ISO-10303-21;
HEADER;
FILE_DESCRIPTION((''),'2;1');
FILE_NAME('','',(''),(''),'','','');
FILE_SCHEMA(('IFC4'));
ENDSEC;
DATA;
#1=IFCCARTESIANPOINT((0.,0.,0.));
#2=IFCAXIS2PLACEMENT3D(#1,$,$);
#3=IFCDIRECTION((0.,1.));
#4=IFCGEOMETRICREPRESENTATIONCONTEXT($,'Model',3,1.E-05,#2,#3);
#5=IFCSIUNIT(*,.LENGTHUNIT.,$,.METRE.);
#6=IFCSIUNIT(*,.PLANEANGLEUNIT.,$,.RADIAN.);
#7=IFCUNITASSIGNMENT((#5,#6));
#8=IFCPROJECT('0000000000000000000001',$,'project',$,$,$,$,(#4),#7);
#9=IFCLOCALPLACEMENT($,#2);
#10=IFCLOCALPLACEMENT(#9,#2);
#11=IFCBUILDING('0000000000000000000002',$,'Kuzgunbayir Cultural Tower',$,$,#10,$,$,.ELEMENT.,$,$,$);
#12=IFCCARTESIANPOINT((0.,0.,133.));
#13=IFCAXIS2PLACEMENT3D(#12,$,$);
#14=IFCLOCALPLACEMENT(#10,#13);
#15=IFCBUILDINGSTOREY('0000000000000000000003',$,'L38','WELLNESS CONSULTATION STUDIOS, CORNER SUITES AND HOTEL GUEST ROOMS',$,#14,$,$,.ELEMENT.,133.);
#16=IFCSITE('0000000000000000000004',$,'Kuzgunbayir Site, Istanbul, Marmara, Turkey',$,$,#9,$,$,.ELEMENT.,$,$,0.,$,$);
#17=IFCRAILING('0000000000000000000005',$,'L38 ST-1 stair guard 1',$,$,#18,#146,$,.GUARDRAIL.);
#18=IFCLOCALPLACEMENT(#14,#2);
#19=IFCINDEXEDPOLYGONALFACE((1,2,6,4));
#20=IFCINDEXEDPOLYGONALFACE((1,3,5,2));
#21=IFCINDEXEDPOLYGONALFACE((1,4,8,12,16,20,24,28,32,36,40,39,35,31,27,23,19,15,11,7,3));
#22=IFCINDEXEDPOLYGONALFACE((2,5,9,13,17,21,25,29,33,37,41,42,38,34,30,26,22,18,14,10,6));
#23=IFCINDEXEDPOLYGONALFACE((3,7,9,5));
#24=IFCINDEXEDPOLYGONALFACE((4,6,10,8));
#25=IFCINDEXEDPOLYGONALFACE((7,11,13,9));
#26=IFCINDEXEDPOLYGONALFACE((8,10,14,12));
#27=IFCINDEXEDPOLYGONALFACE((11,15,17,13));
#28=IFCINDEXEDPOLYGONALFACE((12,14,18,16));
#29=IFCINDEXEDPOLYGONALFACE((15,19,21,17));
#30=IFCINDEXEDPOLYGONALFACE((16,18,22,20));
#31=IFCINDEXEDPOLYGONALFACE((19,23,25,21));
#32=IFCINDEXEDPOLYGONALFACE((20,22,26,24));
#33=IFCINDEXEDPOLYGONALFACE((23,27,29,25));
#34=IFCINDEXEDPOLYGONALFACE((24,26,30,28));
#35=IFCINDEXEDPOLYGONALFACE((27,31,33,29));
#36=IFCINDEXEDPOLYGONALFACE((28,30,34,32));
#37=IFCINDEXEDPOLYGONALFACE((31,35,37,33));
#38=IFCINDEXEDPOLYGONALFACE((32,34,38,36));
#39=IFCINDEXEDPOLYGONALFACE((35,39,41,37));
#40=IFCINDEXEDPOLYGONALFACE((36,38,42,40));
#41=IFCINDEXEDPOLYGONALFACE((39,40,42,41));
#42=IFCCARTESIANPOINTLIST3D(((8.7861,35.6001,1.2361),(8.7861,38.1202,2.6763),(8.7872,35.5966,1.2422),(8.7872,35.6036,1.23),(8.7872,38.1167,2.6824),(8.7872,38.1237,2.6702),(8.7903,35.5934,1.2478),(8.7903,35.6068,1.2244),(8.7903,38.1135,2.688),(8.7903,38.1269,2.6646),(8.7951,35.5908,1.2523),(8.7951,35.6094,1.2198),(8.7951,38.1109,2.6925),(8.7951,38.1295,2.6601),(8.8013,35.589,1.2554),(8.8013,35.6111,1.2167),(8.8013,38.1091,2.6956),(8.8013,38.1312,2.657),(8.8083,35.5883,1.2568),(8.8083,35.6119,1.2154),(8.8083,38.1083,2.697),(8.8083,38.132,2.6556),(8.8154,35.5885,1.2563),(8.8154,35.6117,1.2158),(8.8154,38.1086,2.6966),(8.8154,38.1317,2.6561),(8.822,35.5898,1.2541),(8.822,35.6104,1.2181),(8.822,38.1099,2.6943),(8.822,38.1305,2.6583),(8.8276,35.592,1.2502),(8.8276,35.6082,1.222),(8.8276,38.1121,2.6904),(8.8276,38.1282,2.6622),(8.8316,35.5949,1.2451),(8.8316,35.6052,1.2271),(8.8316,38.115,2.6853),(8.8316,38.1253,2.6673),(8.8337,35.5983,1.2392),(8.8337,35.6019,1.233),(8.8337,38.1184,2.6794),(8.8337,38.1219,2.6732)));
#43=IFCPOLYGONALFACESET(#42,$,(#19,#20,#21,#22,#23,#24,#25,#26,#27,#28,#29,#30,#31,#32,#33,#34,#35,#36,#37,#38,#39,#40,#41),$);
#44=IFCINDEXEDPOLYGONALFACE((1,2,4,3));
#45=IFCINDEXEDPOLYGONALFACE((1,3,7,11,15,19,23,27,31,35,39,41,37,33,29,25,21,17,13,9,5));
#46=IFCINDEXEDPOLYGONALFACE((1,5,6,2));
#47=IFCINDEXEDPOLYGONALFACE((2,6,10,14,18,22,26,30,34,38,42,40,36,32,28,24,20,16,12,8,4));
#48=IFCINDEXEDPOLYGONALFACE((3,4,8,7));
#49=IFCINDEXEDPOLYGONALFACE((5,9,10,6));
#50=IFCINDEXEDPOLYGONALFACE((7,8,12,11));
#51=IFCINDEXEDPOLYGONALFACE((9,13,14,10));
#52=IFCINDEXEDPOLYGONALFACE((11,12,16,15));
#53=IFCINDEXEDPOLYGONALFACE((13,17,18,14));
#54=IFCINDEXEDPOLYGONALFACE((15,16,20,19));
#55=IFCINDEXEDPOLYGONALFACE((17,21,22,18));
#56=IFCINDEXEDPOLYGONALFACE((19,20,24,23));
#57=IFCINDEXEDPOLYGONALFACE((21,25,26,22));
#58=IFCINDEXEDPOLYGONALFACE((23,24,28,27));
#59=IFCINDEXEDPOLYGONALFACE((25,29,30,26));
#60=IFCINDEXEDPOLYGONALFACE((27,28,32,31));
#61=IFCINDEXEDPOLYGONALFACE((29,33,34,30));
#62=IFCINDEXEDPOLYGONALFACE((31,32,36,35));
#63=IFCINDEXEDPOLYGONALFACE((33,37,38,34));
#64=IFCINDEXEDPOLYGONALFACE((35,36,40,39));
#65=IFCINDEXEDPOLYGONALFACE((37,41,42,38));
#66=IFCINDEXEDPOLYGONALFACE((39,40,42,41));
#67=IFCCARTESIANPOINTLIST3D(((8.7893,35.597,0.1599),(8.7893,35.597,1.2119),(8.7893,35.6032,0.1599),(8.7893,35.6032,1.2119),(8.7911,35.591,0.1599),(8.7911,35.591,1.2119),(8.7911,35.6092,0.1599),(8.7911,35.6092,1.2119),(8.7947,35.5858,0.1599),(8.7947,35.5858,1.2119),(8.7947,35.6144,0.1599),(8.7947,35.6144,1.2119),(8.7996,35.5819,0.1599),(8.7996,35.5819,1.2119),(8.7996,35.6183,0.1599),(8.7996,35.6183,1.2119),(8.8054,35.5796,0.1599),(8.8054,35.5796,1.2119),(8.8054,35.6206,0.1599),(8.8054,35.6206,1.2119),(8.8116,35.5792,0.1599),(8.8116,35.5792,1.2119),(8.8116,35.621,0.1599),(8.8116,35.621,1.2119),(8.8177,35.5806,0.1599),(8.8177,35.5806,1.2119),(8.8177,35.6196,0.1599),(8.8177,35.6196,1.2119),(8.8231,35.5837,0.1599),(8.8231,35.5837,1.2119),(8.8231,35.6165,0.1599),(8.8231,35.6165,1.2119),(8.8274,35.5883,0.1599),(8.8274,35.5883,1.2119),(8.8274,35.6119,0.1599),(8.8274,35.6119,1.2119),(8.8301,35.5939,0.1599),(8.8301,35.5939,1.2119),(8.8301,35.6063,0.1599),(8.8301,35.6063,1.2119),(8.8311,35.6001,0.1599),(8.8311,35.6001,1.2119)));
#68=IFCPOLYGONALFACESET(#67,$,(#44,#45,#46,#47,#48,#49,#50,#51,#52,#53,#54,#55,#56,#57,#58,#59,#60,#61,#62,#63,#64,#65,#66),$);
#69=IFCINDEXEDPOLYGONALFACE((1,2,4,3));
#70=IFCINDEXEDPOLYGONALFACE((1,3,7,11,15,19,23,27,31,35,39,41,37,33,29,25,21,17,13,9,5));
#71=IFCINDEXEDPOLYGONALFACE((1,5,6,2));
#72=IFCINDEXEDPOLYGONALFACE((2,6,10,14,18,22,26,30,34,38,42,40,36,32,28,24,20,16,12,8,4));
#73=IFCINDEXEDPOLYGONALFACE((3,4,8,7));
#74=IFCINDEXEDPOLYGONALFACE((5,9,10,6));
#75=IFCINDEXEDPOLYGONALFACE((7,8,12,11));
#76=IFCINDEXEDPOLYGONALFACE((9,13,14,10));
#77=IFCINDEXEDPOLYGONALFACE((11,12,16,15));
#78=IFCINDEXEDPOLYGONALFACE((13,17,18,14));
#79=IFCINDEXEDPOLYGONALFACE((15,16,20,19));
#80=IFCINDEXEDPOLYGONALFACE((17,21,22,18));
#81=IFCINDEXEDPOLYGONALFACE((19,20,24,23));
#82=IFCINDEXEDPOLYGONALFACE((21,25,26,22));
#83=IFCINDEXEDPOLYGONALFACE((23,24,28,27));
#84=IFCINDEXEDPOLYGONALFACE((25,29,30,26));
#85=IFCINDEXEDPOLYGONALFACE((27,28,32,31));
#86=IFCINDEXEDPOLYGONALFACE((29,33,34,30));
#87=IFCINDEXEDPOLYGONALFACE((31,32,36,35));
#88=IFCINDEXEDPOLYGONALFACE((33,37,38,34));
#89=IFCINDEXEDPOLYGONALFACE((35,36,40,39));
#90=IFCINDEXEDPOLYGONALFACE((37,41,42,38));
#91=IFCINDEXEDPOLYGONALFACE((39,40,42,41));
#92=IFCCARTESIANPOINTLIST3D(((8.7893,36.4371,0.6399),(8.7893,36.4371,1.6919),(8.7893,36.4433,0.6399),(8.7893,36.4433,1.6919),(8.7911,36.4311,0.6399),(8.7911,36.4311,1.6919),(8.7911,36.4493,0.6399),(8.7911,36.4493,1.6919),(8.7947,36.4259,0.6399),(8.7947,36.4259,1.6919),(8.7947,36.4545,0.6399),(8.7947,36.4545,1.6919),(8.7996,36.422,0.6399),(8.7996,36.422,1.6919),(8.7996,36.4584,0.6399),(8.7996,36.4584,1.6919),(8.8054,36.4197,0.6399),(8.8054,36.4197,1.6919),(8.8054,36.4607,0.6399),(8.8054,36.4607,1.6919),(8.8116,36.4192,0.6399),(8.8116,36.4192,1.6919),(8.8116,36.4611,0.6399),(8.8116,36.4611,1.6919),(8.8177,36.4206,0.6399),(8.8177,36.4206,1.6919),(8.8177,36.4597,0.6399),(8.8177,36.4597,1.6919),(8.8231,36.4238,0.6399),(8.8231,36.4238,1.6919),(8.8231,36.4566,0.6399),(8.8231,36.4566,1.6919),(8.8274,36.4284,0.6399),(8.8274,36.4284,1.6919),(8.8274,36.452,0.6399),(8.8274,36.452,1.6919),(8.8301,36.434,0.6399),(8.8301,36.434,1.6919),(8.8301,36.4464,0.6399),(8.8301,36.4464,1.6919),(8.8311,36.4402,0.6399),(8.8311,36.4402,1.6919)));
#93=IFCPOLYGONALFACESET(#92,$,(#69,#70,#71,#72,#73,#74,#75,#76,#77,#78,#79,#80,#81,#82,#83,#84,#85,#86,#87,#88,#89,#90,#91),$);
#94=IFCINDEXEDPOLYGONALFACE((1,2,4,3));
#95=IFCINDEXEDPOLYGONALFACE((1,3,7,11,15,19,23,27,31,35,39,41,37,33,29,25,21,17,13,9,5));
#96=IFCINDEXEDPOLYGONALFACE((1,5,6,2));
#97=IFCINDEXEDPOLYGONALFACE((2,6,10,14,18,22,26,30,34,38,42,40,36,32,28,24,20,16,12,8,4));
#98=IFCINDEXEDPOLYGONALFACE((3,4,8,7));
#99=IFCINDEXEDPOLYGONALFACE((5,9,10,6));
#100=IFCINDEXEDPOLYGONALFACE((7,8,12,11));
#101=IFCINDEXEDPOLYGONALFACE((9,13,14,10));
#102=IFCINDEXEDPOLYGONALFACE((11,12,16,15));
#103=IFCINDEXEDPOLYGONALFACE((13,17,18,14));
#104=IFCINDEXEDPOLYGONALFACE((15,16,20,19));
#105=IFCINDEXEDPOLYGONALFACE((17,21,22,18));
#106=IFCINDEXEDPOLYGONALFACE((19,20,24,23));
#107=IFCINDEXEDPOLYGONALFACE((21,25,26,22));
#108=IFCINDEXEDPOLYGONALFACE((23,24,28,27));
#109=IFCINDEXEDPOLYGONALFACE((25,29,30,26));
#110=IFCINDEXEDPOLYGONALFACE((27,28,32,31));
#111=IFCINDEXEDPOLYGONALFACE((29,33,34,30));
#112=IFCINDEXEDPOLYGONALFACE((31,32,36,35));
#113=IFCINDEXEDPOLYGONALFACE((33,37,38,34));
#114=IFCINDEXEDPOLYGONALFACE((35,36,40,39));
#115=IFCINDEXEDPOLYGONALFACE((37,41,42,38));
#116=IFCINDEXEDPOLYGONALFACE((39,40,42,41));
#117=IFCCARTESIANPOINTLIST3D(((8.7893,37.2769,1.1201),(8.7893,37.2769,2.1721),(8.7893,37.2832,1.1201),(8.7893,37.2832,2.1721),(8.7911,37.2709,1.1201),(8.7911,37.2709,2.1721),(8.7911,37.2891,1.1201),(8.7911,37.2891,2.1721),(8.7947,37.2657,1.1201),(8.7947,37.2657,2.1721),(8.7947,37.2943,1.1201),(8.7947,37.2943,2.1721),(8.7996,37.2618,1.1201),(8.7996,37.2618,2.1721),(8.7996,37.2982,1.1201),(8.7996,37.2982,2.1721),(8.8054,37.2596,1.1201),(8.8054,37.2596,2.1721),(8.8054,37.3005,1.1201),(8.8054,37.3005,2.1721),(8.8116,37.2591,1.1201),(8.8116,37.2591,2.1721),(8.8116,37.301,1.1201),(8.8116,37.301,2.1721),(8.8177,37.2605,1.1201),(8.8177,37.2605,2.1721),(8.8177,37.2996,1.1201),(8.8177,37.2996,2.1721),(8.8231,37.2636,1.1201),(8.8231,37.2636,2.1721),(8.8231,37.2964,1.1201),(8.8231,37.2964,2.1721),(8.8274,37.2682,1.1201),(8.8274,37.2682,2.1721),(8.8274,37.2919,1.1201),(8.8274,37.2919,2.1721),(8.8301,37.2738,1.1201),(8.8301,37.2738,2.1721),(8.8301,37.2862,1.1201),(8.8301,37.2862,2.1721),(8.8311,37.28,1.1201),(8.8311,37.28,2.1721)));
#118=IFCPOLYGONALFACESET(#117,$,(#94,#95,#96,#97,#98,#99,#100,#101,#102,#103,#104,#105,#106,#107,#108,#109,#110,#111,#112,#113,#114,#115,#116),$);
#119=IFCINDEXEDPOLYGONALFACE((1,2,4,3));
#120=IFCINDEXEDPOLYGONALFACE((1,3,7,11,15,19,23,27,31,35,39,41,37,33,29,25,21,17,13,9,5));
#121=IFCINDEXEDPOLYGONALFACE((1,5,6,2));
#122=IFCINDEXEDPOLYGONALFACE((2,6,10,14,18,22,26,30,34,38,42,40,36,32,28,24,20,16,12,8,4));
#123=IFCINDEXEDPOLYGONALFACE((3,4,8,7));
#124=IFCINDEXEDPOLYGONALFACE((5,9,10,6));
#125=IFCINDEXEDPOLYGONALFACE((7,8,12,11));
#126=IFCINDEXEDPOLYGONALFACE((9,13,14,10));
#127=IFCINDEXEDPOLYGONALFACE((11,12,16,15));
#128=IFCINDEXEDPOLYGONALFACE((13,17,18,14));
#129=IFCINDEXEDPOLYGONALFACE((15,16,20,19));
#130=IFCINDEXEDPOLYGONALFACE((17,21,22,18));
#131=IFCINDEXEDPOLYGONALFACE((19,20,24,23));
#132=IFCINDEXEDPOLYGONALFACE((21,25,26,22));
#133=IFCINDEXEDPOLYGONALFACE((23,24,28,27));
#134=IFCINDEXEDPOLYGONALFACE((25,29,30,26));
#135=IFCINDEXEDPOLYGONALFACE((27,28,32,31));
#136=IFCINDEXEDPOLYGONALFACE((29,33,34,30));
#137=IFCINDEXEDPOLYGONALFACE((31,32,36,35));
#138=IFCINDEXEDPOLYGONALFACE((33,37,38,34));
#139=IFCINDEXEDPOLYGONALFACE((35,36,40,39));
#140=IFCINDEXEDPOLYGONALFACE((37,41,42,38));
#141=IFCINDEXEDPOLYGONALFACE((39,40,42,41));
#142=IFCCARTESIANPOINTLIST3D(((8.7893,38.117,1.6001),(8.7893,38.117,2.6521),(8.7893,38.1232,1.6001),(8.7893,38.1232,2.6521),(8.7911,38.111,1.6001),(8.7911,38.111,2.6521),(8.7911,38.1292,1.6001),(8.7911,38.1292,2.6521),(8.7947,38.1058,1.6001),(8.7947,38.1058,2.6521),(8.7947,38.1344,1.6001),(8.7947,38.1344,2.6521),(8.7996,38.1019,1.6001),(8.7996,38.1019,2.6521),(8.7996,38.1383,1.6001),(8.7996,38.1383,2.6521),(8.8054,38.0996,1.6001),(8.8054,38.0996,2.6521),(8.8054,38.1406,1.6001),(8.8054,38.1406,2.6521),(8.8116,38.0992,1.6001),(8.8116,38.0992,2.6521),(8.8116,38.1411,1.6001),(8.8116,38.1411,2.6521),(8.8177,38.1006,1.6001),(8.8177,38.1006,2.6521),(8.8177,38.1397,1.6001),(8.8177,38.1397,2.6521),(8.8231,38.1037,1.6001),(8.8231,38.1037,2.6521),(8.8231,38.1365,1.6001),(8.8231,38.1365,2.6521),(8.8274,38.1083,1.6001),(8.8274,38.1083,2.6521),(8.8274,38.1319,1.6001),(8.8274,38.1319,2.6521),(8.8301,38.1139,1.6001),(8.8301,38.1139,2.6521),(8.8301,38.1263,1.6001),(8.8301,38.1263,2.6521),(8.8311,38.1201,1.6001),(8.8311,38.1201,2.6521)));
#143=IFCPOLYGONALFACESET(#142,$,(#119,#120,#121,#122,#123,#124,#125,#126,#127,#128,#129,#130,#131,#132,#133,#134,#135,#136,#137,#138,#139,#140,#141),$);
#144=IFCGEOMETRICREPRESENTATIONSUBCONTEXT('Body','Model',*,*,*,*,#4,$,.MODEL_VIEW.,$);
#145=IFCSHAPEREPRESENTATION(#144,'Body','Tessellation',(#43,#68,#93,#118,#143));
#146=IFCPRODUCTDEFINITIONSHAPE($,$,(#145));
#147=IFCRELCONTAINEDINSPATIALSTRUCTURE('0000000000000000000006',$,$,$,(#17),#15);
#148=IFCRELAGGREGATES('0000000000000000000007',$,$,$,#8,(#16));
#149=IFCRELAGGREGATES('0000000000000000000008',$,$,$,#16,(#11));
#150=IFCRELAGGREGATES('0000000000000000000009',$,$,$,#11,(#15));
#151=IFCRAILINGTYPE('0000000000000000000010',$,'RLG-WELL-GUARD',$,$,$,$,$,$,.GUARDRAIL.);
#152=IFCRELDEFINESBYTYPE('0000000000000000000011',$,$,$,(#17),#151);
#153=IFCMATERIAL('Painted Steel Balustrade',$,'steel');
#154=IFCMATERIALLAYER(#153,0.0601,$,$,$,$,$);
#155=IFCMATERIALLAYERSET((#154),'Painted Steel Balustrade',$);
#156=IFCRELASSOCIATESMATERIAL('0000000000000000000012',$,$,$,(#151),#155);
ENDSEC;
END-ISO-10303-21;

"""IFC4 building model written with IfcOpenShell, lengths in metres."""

from ifc_helpers import new_model, si_unit, direction, frame, origin, origin_2d, place, context, subcontext, project, spatial, circle, extrude, material, layer, layer_set, type_object, element, save


model = new_model("IFC4")

# Units and contexts
model_context = context("Model", 3, precision=1e-05, world=origin(), true_north=direction((0.0, 1.0)))
body_context = subcontext(model_context, "Body", "Model", "MODEL_VIEW")
ifc_project = project(units=[si_unit("LENGTHUNIT", "METRE"), si_unit("PLANEANGLEUNIT", "RADIAN")], contexts=[model_context])

# Site, building, storey
site_placement = place(None, origin())
site = spatial("IfcSite", under=ifc_project, at=site_placement, Name="Kuzgunbayir Site, Istanbul, Marmara, Turkey", CompositionType="ELEMENT", RefElevation=0.0)
building_placement = place(site_placement, origin())
building = spatial("IfcBuilding", under=site, at=building_placement, Name="Kuzgunbayir Cultural Tower", CompositionType="ELEMENT")
storey_placement = place(building_placement, frame((0.0, 0.0, 133.0)))
storey = spatial("IfcBuildingStorey", under=building, at=storey_placement, Name="L38", Description="WELLNESS CONSULTATION STUDIOS, CORNER SUITES AND HOTEL GUEST ROOMS", CompositionType="ELEMENT", Elevation=133.0)

# Railing
ifc_material_1 = material(Name="Painted Steel Balustrade", Category="steel")
ifc_layer_1 = layer(ifc_material_1, 0.0601)
ifc_layer_set_1 = layer_set([ifc_layer_1], Name="Painted Steel Balustrade")
railing_type_1 = type_object("IfcRailingType", Name="RLG-WELL-GUARD", PredefinedType="GUARDRAIL", material=ifc_layer_set_1)
railing_1_placement = place(storey_placement, frame((8.8101, 35.6001, 0.1599)))
element("IfcRailing", 1, at=railing_1_placement, inside=storey, type_object=railing_type_1, Name="L38 ST-1 stair guard 1", PredefinedType="GUARDRAIL", context=body_context, shape_type="SweptSolid", body=[
    extrude(circle(Radius=0.0239, at=origin_2d()), frame((0.0, 0.0, 1.0762), z_axis=(0.0, 0.868217, 0.496184), x_axis=(-1.0, 0.0, 0.0)), (0.0, 0.0, 1.0), 2.9026),
    extrude(circle(Radius=0.021, at=origin_2d()), origin(), (0.0, 0.0, 1.0), 1.052),
    extrude(circle(Radius=0.021, at=origin_2d()), frame((0.0, 0.8401, 0.48)), (0.0, 0.0, 1.0), 1.052),
    extrude(circle(Radius=0.021, at=origin_2d()), frame((0.0, 1.6799, 0.9602)), (0.0, 0.0, 1.0), 1.052),
    extrude(circle(Radius=0.021, at=origin_2d()), frame((0.0, 2.52, 1.4402)), (0.0, 0.0, 1.0), 1.052),
])

save(model, "model.ifc")
